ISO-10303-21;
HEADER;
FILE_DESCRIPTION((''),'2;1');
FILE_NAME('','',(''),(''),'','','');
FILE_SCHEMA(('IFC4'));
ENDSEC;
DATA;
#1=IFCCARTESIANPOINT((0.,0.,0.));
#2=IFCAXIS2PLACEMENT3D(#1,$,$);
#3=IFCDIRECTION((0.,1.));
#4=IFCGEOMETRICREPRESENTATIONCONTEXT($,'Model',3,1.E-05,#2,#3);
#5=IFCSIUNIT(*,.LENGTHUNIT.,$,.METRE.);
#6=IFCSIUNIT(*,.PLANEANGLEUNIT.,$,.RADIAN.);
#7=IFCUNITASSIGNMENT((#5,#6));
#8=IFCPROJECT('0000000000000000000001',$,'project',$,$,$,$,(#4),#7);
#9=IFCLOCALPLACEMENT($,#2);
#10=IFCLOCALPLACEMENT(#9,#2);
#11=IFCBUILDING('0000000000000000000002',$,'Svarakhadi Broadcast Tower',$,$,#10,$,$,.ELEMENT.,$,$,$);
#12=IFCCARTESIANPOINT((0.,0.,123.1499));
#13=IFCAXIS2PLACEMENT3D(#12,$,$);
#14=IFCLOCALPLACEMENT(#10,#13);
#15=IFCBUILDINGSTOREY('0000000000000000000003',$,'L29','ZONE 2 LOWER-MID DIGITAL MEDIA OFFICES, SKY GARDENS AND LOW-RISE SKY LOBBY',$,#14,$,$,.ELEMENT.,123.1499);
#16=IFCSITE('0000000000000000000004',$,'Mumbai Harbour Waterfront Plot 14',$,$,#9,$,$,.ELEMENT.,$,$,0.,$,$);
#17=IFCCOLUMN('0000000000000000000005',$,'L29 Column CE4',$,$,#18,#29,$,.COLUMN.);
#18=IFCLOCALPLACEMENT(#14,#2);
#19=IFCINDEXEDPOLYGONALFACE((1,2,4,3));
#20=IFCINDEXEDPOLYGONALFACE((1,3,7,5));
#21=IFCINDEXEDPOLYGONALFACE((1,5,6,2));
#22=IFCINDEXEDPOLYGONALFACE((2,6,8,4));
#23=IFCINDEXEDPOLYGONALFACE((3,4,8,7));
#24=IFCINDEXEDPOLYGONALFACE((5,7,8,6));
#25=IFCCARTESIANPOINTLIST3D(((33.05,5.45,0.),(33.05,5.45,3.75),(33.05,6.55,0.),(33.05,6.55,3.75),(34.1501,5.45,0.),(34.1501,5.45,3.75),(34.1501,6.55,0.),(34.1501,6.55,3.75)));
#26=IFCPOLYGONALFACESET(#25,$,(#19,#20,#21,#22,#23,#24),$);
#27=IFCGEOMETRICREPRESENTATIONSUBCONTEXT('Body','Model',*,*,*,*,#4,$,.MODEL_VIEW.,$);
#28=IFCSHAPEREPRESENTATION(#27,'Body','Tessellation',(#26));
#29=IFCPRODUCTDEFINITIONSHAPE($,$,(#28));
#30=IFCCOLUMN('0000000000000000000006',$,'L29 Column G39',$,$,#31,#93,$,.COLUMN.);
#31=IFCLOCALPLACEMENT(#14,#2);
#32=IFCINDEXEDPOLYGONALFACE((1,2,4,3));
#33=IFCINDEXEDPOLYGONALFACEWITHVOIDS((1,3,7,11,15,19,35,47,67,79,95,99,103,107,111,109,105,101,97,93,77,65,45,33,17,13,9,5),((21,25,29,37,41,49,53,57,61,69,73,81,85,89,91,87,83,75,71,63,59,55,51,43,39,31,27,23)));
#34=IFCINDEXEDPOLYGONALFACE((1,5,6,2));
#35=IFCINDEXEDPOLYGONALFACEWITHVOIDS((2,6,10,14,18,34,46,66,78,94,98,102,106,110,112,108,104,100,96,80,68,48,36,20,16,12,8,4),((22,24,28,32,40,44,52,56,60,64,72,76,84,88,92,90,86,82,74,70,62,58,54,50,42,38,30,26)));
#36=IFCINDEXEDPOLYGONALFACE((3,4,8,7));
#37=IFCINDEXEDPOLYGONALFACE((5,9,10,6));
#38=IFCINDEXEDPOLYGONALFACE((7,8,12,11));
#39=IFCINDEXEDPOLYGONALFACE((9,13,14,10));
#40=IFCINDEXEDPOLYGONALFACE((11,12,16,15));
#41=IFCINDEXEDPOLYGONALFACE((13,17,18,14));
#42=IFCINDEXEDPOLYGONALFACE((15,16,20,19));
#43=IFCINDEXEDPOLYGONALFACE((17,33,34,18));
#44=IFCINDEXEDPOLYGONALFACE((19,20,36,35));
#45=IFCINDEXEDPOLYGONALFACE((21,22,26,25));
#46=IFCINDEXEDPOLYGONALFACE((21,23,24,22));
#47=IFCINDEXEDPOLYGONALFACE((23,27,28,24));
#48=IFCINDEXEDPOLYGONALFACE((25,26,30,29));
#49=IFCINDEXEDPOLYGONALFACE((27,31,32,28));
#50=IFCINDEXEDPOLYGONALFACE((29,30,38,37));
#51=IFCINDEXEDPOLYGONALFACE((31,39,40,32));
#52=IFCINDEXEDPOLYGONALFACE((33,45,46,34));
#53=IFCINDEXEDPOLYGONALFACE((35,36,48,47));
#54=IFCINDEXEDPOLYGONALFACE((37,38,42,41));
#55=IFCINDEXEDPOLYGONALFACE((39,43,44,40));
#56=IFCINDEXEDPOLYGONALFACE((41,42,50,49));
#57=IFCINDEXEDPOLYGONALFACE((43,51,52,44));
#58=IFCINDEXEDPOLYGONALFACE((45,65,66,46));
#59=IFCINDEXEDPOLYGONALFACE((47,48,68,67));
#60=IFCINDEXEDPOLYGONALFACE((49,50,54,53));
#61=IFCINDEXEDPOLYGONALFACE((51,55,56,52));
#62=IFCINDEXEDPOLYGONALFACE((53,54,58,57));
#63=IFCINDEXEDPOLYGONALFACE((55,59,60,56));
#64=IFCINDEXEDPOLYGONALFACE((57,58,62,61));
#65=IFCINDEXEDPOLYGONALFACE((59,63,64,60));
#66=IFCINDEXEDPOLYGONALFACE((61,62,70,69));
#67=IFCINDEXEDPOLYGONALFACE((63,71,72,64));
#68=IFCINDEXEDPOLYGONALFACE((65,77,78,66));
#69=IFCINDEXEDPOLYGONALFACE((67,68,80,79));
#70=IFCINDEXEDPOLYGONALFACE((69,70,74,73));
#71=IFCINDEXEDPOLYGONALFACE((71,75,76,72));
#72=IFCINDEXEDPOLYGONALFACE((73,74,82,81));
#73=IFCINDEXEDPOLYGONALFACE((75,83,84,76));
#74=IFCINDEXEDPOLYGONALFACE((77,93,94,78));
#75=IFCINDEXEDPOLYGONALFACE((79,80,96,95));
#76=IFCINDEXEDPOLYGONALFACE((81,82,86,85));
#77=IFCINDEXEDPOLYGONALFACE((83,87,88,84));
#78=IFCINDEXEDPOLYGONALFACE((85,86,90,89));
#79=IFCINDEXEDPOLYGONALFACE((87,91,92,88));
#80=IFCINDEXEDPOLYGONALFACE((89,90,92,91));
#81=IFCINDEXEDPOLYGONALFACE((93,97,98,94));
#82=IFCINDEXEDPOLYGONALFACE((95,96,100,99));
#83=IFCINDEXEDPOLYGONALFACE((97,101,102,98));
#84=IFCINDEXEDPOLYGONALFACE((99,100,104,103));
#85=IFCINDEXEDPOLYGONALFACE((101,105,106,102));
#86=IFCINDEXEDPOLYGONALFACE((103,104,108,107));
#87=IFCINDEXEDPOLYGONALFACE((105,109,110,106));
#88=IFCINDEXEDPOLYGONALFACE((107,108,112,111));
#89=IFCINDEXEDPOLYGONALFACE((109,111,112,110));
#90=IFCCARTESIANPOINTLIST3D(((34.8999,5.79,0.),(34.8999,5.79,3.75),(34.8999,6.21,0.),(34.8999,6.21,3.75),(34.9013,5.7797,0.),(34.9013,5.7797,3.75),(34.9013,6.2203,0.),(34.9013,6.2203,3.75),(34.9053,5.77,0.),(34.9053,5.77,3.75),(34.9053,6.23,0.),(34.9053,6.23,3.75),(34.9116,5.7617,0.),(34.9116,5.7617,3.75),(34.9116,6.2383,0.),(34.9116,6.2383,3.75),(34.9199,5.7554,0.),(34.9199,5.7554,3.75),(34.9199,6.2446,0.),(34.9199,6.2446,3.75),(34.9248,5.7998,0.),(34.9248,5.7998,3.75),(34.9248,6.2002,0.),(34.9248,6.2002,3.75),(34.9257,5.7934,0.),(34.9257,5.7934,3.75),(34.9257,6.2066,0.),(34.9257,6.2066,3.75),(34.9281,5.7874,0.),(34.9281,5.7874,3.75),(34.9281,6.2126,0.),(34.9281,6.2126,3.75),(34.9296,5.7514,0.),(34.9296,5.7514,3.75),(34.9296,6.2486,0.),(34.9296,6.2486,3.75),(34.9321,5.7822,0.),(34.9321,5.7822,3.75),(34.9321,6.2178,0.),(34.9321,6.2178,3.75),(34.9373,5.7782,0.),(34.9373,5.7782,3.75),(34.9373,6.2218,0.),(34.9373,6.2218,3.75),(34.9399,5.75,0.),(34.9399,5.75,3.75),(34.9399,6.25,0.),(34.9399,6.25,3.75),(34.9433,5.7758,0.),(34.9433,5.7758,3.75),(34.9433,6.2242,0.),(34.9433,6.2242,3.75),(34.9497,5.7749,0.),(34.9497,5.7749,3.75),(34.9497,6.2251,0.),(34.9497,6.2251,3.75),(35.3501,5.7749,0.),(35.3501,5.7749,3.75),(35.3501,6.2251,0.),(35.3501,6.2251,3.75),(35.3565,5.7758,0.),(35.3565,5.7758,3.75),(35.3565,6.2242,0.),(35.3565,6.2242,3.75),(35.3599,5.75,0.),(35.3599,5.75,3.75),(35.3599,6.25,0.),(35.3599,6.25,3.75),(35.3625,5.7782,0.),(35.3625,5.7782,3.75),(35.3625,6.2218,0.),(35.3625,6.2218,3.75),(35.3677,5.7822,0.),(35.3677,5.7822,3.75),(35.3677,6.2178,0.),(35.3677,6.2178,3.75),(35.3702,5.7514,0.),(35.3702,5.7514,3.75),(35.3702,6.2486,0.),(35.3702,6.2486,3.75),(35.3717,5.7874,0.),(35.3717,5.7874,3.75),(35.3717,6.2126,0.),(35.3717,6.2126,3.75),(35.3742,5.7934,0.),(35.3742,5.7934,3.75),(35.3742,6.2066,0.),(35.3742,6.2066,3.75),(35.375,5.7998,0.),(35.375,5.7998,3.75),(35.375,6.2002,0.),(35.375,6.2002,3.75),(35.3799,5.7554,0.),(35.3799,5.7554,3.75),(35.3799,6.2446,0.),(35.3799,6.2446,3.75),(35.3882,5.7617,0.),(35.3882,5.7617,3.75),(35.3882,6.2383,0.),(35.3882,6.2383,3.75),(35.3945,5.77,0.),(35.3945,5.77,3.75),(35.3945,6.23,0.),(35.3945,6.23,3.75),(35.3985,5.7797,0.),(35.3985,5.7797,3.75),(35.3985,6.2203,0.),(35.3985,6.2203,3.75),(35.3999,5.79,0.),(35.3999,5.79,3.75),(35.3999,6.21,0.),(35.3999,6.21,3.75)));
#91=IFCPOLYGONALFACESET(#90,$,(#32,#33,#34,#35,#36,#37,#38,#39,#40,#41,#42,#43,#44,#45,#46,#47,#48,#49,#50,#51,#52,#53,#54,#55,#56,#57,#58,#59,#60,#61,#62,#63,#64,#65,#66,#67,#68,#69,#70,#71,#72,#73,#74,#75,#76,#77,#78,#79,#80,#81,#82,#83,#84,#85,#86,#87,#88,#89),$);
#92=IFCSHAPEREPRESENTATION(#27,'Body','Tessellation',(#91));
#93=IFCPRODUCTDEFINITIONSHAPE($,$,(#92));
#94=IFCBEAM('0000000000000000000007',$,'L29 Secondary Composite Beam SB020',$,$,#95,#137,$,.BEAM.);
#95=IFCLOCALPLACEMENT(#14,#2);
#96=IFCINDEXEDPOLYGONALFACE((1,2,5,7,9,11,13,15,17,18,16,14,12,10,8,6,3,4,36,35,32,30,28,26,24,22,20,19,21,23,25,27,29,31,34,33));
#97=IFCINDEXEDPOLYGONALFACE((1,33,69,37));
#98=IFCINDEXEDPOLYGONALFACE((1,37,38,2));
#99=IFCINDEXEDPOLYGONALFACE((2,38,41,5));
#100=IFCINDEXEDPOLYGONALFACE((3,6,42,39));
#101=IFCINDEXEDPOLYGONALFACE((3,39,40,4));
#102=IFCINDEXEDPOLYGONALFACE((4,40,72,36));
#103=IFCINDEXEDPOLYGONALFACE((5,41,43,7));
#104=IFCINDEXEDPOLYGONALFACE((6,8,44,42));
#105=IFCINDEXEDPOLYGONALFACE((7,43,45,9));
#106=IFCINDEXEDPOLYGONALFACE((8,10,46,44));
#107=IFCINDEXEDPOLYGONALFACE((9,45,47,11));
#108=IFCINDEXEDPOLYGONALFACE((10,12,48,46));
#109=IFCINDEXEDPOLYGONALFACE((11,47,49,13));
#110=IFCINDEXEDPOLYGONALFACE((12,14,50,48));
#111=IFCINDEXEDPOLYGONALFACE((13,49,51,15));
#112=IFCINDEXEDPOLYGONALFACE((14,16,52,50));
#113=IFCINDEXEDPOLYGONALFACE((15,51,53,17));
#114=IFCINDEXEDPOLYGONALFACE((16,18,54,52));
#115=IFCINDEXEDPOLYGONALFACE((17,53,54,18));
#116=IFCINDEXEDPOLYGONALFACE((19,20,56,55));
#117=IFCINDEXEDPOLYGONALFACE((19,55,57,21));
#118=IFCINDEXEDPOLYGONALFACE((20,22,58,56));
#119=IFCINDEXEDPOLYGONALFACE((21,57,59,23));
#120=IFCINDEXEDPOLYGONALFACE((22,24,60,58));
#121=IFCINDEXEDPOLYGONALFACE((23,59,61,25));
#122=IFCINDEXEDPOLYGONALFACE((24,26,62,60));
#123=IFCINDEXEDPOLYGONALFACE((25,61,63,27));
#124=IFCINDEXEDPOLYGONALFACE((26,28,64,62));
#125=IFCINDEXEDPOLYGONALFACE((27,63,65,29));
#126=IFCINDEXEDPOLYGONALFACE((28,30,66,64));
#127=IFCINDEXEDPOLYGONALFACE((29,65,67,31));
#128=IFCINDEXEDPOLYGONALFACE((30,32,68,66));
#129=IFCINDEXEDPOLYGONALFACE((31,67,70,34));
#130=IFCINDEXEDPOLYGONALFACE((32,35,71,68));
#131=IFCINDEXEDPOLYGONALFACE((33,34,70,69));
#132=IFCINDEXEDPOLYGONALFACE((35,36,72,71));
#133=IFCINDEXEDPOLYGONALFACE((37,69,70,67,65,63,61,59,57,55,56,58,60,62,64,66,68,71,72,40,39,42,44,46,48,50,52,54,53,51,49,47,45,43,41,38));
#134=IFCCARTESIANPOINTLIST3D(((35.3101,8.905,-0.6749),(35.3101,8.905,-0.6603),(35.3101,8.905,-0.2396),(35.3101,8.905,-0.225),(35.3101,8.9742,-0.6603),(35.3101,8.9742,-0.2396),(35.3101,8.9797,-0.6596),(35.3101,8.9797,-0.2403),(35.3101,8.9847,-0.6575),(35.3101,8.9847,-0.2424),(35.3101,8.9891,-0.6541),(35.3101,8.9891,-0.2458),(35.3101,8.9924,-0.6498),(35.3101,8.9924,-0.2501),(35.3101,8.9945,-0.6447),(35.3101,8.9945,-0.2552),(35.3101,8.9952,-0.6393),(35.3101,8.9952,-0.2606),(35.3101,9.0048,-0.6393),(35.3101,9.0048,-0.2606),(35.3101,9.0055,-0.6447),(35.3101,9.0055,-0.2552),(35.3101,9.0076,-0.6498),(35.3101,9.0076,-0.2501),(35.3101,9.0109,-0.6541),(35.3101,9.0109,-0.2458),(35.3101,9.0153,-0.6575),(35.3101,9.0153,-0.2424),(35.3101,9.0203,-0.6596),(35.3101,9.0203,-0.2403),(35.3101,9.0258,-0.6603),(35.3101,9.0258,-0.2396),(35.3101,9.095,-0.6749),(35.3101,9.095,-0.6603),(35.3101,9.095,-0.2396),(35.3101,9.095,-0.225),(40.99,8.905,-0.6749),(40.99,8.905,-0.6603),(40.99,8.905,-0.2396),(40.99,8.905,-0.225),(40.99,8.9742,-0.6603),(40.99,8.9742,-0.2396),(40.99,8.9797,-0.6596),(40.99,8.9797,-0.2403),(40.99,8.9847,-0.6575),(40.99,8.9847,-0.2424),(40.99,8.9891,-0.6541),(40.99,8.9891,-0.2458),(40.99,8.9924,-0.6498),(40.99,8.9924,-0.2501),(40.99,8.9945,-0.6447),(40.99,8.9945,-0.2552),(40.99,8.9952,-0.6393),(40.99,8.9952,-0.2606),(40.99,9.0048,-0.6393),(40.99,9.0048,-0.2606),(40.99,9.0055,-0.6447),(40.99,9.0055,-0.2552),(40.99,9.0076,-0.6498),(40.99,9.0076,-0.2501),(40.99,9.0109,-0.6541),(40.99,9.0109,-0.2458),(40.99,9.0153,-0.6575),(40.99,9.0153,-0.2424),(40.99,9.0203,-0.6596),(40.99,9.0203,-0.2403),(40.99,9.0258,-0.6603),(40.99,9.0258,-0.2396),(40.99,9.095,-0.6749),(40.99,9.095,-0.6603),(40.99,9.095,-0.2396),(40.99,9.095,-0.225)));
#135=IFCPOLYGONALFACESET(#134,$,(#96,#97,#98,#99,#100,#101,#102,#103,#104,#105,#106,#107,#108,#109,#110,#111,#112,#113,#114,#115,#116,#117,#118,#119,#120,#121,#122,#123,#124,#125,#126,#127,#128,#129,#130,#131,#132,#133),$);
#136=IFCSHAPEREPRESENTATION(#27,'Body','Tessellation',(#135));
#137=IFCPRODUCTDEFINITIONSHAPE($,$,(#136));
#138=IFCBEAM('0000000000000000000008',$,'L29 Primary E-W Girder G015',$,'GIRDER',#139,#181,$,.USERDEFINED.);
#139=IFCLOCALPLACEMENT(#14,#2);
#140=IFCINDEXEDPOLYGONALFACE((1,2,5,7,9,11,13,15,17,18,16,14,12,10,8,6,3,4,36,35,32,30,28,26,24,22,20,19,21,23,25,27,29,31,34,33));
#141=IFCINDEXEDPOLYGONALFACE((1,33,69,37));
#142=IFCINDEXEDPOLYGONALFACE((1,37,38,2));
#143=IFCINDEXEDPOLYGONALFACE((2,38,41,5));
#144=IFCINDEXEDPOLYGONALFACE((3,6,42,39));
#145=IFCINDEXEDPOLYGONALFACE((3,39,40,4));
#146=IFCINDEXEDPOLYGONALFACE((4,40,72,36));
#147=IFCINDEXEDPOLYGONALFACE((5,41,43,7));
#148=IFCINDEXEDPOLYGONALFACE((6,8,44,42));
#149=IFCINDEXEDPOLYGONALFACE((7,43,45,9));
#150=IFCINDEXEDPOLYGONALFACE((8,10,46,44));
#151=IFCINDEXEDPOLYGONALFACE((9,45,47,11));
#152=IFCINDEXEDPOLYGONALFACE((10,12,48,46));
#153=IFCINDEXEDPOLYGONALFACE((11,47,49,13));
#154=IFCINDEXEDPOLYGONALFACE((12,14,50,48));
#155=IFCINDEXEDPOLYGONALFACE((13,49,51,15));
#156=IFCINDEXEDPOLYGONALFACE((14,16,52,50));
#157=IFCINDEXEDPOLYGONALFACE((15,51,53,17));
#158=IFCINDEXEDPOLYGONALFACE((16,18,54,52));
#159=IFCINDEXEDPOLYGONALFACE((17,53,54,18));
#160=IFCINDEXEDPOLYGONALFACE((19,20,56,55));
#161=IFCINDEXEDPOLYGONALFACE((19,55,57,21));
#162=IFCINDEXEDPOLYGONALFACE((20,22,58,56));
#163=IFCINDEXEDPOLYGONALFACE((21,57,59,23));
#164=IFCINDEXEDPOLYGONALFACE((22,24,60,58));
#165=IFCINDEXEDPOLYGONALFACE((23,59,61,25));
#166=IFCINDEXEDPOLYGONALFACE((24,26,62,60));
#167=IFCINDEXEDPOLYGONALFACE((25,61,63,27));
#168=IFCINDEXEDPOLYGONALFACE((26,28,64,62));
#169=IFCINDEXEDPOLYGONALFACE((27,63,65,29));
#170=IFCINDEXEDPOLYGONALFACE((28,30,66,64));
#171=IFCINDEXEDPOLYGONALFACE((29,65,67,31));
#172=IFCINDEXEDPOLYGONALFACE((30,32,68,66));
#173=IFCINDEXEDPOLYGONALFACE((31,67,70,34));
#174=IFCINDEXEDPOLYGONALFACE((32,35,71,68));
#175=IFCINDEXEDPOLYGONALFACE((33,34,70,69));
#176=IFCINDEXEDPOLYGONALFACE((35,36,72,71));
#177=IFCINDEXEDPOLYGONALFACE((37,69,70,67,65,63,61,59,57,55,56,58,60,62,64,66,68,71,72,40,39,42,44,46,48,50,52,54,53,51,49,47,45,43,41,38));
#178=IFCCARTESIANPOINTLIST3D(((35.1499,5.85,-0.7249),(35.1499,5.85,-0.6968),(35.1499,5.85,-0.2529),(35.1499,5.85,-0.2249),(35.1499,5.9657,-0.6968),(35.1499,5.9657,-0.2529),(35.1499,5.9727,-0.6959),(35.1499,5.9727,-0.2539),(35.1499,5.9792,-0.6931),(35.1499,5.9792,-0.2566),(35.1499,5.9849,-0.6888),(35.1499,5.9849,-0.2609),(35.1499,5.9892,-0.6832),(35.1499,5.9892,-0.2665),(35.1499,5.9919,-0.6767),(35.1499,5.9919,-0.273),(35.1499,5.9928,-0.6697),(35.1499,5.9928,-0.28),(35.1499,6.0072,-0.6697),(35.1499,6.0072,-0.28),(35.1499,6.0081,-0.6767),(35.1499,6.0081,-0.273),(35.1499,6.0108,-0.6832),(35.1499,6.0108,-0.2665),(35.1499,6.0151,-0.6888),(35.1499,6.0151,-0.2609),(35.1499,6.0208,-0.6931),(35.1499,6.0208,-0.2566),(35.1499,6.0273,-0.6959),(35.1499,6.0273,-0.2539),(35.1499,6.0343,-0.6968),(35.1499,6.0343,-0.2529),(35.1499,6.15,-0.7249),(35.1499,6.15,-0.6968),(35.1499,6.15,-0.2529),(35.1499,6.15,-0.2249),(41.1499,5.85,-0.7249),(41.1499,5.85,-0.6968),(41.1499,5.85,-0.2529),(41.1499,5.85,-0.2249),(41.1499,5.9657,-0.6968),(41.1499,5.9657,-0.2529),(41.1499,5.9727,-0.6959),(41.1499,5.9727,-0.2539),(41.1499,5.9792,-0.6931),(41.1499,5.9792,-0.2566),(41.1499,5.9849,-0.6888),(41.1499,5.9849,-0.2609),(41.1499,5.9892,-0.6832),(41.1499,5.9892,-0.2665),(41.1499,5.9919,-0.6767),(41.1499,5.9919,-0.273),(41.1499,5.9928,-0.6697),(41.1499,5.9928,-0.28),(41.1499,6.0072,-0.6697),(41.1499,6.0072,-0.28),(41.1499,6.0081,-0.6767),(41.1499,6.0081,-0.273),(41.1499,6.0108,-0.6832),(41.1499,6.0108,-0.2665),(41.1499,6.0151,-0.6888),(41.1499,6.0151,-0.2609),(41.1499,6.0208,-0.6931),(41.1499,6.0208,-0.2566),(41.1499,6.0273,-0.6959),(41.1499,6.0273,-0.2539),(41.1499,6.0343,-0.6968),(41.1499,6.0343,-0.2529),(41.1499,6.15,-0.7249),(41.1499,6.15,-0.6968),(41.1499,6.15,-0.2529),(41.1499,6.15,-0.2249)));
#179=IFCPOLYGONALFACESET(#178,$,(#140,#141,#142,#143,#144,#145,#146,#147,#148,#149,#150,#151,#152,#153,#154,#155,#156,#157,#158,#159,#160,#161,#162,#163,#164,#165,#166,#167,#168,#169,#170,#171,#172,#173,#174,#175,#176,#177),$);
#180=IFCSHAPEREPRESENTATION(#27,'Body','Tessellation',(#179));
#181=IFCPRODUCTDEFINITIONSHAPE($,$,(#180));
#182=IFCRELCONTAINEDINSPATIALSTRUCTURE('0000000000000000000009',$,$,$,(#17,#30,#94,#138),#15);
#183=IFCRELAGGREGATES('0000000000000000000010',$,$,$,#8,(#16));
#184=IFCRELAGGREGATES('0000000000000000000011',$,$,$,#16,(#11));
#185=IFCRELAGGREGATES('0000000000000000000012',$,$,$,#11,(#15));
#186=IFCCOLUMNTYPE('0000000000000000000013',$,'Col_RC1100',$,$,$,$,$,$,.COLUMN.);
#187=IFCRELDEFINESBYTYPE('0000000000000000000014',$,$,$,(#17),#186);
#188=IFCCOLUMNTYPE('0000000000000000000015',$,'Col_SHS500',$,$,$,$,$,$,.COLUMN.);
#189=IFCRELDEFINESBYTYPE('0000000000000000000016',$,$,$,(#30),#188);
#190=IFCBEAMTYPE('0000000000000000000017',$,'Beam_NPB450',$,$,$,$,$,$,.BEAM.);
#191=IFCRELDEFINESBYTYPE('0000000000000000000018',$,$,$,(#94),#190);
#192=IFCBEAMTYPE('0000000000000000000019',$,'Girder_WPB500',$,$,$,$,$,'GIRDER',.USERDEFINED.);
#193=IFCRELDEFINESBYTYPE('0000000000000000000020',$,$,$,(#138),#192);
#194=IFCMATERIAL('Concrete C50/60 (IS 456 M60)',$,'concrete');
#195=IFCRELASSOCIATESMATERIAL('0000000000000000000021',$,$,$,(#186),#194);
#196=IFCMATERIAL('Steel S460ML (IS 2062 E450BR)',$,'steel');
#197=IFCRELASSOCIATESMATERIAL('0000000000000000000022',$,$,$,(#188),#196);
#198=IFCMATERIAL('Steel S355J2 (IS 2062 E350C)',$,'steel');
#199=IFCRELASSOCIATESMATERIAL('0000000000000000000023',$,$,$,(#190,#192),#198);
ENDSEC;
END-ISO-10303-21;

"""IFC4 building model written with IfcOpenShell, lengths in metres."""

from ifc_helpers import new_model, si_unit, direction, frame, origin, origin_2d, place, context, subcontext, project, spatial, rectangle, hollow_rectangle, i_section, extrude, material, material_profile, profile_set, type_object, element, save


model = new_model("IFC4")

# Units and contexts
model_context = context("Model", 3, precision=1e-05, world=origin(), true_north=direction((0.0, 1.0)))
body_context = subcontext(model_context, "Body", "Model", "MODEL_VIEW")
ifc_project = project(units=[si_unit("LENGTHUNIT", "METRE"), si_unit("PLANEANGLEUNIT", "RADIAN")], contexts=[model_context])

# Site, building, storey
site_placement = place(None, origin())
site = spatial("IfcSite", under=ifc_project, at=site_placement, Name="Mumbai Harbour Waterfront Plot 14", CompositionType="ELEMENT", RefElevation=0.0)
building_placement = place(site_placement, origin())
building = spatial("IfcBuilding", under=site, at=building_placement, Name="Svarakhadi Broadcast Tower", CompositionType="ELEMENT")
storey_placement = place(building_placement, frame((0.0, 0.0, 123.1499)))
storey = spatial("IfcBuildingStorey", under=building, at=storey_placement, Name="L29", Description="ZONE 2 LOWER-MID DIGITAL MEDIA OFFICES, SKY GARDENS AND LOW-RISE SKY LOBBY", CompositionType="ELEMENT", Elevation=123.1499)

# Columns
ifc_material_1 = material(Name="Concrete C50/60 (IS 456 M60)", Category="concrete")
ifc_material_profile_1 = material_profile(ifc_material_1, rectangle(XDim=1.1001, YDim=1.1001, at=origin_2d()), Name="RC 1100x1100")
ifc_profile_set_1 = profile_set([ifc_material_profile_1], Name="Concrete C50/60 (IS 456 M60)")
column_type_1 = type_object("IfcColumnType", Name="Col_RC1100", PredefinedType="COLUMN", material=ifc_profile_set_1)
column_1_placement = place(storey_placement, frame((33.6001, 6.0, 0.0), z_axis=(0.0, 0.0, 1.0), x_axis=(1.0, 0.0, 0.0)))
element("IfcColumn", 1, at=column_1_placement, inside=storey, type_object=column_type_1, Name="L29 Column CE4", PredefinedType="COLUMN", context=body_context, shape_type="SweptSolid", body=[
    extrude(rectangle(XDim=1.1001, YDim=1.1001, at=origin_2d()), origin(), (0.0, 0.0, 1.0), 3.75),
])
ifc_material_2 = material(Name="Steel S460ML (IS 2062 E450BR)", Category="steel")
ifc_material_profile_2 = material_profile(ifc_material_2, hollow_rectangle(XDim=0.5, YDim=0.5, WallThickness=0.0249, InnerFilletRadius=0.0249, OuterFilletRadius=0.04, at=origin_2d()), Name="SHS 500x500x25")
ifc_profile_set_2 = profile_set([ifc_material_profile_2], Name="Steel S460ML (IS 2062 E450BR)")
column_type_2 = type_object("IfcColumnType", Name="Col_SHS500", PredefinedType="COLUMN", material=ifc_profile_set_2)
column_2_placement = place(storey_placement, frame((35.1499, 6.0, 0.0), z_axis=(0.0, 0.0, 1.0), x_axis=(1.0, 0.0, 0.0)))
element("IfcColumn", 2, at=column_2_placement, inside=storey, type_object=column_type_2, Name="L29 Column G39", PredefinedType="COLUMN", context=body_context, shape_type="SweptSolid", body=[
    extrude(hollow_rectangle(XDim=0.5, YDim=0.5, WallThickness=0.0249, InnerFilletRadius=0.0249, OuterFilletRadius=0.04, at=origin_2d()), origin(), (0.0, 0.0, 1.0), 3.75),
])

# Beams
ifc_material_3 = material(Name="Steel S355J2 (IS 2062 E350C)", Category="steel")
ifc_material_profile_3 = material_profile(ifc_material_3, i_section(OverallWidth=0.1899, OverallDepth=0.45, WebThickness=0.0095, FlangeThickness=0.0146, FilletRadius=0.021, at=origin_2d()), Name="NPB 450x190x78")
ifc_profile_set_3 = profile_set([ifc_material_profile_3], Name="Steel S355J2 (IS 2062 E350C)")
beam_type_1 = type_object("IfcBeamType", Name="Beam_NPB450", PredefinedType="BEAM", material=ifc_profile_set_3)
beam_1_placement = place(storey_placement, frame((35.3101, 9.0, -0.45), z_axis=(1.0, 0.0, 0.0), x_axis=(0.0, 1.0, 0.0)))
element("IfcBeam", 3, at=beam_1_placement, inside=storey, type_object=beam_type_1, Name="L29 Secondary Composite Beam SB020", PredefinedType="BEAM", context=body_context, shape_type="SweptSolid", body=[
    extrude(i_section(OverallWidth=0.1899, OverallDepth=0.45, WebThickness=0.0095, FlangeThickness=0.0146, FilletRadius=0.021, at=origin_2d()), origin(), (0.0, 0.0, 1.0), 5.6799),
])
ifc_material_profile_4 = material_profile(ifc_material_3, i_section(OverallWidth=0.3, OverallDepth=0.5, WebThickness=0.0144, FlangeThickness=0.0281, FilletRadius=0.0271, at=origin_2d()), Name="WPB 500x300x187")
ifc_profile_set_4 = profile_set([ifc_material_profile_4], Name="Steel S355J2 (IS 2062 E350C)")
beam_type_2 = type_object("IfcBeamType", Name="Girder_WPB500", ElementType="GIRDER", PredefinedType="USERDEFINED", material=ifc_profile_set_4)
for number, where, z_axis, x_axis, name in (
    (4, (35.1499, 6.0, -0.4749), (1.0, 0.0, 0.0), (0.0, 1.0, 0.0), "L29 Primary E-W Girder G015"),
):
    element("IfcBeam", number, at=place(storey_placement, frame(where, z_axis=z_axis, x_axis=x_axis)), inside=storey, type_object=beam_type_2, Name=name, ObjectType="GIRDER", PredefinedType="USERDEFINED", context=body_context, shape_type="SweptSolid", body=[
        extrude(i_section(OverallWidth=0.3, OverallDepth=0.5, WebThickness=0.0144, FlangeThickness=0.0281, FilletRadius=0.0271, at=origin_2d()), origin(), (0.0, 0.0, 1.0), 6.0),
    ])

save(model, "model.ifc")
